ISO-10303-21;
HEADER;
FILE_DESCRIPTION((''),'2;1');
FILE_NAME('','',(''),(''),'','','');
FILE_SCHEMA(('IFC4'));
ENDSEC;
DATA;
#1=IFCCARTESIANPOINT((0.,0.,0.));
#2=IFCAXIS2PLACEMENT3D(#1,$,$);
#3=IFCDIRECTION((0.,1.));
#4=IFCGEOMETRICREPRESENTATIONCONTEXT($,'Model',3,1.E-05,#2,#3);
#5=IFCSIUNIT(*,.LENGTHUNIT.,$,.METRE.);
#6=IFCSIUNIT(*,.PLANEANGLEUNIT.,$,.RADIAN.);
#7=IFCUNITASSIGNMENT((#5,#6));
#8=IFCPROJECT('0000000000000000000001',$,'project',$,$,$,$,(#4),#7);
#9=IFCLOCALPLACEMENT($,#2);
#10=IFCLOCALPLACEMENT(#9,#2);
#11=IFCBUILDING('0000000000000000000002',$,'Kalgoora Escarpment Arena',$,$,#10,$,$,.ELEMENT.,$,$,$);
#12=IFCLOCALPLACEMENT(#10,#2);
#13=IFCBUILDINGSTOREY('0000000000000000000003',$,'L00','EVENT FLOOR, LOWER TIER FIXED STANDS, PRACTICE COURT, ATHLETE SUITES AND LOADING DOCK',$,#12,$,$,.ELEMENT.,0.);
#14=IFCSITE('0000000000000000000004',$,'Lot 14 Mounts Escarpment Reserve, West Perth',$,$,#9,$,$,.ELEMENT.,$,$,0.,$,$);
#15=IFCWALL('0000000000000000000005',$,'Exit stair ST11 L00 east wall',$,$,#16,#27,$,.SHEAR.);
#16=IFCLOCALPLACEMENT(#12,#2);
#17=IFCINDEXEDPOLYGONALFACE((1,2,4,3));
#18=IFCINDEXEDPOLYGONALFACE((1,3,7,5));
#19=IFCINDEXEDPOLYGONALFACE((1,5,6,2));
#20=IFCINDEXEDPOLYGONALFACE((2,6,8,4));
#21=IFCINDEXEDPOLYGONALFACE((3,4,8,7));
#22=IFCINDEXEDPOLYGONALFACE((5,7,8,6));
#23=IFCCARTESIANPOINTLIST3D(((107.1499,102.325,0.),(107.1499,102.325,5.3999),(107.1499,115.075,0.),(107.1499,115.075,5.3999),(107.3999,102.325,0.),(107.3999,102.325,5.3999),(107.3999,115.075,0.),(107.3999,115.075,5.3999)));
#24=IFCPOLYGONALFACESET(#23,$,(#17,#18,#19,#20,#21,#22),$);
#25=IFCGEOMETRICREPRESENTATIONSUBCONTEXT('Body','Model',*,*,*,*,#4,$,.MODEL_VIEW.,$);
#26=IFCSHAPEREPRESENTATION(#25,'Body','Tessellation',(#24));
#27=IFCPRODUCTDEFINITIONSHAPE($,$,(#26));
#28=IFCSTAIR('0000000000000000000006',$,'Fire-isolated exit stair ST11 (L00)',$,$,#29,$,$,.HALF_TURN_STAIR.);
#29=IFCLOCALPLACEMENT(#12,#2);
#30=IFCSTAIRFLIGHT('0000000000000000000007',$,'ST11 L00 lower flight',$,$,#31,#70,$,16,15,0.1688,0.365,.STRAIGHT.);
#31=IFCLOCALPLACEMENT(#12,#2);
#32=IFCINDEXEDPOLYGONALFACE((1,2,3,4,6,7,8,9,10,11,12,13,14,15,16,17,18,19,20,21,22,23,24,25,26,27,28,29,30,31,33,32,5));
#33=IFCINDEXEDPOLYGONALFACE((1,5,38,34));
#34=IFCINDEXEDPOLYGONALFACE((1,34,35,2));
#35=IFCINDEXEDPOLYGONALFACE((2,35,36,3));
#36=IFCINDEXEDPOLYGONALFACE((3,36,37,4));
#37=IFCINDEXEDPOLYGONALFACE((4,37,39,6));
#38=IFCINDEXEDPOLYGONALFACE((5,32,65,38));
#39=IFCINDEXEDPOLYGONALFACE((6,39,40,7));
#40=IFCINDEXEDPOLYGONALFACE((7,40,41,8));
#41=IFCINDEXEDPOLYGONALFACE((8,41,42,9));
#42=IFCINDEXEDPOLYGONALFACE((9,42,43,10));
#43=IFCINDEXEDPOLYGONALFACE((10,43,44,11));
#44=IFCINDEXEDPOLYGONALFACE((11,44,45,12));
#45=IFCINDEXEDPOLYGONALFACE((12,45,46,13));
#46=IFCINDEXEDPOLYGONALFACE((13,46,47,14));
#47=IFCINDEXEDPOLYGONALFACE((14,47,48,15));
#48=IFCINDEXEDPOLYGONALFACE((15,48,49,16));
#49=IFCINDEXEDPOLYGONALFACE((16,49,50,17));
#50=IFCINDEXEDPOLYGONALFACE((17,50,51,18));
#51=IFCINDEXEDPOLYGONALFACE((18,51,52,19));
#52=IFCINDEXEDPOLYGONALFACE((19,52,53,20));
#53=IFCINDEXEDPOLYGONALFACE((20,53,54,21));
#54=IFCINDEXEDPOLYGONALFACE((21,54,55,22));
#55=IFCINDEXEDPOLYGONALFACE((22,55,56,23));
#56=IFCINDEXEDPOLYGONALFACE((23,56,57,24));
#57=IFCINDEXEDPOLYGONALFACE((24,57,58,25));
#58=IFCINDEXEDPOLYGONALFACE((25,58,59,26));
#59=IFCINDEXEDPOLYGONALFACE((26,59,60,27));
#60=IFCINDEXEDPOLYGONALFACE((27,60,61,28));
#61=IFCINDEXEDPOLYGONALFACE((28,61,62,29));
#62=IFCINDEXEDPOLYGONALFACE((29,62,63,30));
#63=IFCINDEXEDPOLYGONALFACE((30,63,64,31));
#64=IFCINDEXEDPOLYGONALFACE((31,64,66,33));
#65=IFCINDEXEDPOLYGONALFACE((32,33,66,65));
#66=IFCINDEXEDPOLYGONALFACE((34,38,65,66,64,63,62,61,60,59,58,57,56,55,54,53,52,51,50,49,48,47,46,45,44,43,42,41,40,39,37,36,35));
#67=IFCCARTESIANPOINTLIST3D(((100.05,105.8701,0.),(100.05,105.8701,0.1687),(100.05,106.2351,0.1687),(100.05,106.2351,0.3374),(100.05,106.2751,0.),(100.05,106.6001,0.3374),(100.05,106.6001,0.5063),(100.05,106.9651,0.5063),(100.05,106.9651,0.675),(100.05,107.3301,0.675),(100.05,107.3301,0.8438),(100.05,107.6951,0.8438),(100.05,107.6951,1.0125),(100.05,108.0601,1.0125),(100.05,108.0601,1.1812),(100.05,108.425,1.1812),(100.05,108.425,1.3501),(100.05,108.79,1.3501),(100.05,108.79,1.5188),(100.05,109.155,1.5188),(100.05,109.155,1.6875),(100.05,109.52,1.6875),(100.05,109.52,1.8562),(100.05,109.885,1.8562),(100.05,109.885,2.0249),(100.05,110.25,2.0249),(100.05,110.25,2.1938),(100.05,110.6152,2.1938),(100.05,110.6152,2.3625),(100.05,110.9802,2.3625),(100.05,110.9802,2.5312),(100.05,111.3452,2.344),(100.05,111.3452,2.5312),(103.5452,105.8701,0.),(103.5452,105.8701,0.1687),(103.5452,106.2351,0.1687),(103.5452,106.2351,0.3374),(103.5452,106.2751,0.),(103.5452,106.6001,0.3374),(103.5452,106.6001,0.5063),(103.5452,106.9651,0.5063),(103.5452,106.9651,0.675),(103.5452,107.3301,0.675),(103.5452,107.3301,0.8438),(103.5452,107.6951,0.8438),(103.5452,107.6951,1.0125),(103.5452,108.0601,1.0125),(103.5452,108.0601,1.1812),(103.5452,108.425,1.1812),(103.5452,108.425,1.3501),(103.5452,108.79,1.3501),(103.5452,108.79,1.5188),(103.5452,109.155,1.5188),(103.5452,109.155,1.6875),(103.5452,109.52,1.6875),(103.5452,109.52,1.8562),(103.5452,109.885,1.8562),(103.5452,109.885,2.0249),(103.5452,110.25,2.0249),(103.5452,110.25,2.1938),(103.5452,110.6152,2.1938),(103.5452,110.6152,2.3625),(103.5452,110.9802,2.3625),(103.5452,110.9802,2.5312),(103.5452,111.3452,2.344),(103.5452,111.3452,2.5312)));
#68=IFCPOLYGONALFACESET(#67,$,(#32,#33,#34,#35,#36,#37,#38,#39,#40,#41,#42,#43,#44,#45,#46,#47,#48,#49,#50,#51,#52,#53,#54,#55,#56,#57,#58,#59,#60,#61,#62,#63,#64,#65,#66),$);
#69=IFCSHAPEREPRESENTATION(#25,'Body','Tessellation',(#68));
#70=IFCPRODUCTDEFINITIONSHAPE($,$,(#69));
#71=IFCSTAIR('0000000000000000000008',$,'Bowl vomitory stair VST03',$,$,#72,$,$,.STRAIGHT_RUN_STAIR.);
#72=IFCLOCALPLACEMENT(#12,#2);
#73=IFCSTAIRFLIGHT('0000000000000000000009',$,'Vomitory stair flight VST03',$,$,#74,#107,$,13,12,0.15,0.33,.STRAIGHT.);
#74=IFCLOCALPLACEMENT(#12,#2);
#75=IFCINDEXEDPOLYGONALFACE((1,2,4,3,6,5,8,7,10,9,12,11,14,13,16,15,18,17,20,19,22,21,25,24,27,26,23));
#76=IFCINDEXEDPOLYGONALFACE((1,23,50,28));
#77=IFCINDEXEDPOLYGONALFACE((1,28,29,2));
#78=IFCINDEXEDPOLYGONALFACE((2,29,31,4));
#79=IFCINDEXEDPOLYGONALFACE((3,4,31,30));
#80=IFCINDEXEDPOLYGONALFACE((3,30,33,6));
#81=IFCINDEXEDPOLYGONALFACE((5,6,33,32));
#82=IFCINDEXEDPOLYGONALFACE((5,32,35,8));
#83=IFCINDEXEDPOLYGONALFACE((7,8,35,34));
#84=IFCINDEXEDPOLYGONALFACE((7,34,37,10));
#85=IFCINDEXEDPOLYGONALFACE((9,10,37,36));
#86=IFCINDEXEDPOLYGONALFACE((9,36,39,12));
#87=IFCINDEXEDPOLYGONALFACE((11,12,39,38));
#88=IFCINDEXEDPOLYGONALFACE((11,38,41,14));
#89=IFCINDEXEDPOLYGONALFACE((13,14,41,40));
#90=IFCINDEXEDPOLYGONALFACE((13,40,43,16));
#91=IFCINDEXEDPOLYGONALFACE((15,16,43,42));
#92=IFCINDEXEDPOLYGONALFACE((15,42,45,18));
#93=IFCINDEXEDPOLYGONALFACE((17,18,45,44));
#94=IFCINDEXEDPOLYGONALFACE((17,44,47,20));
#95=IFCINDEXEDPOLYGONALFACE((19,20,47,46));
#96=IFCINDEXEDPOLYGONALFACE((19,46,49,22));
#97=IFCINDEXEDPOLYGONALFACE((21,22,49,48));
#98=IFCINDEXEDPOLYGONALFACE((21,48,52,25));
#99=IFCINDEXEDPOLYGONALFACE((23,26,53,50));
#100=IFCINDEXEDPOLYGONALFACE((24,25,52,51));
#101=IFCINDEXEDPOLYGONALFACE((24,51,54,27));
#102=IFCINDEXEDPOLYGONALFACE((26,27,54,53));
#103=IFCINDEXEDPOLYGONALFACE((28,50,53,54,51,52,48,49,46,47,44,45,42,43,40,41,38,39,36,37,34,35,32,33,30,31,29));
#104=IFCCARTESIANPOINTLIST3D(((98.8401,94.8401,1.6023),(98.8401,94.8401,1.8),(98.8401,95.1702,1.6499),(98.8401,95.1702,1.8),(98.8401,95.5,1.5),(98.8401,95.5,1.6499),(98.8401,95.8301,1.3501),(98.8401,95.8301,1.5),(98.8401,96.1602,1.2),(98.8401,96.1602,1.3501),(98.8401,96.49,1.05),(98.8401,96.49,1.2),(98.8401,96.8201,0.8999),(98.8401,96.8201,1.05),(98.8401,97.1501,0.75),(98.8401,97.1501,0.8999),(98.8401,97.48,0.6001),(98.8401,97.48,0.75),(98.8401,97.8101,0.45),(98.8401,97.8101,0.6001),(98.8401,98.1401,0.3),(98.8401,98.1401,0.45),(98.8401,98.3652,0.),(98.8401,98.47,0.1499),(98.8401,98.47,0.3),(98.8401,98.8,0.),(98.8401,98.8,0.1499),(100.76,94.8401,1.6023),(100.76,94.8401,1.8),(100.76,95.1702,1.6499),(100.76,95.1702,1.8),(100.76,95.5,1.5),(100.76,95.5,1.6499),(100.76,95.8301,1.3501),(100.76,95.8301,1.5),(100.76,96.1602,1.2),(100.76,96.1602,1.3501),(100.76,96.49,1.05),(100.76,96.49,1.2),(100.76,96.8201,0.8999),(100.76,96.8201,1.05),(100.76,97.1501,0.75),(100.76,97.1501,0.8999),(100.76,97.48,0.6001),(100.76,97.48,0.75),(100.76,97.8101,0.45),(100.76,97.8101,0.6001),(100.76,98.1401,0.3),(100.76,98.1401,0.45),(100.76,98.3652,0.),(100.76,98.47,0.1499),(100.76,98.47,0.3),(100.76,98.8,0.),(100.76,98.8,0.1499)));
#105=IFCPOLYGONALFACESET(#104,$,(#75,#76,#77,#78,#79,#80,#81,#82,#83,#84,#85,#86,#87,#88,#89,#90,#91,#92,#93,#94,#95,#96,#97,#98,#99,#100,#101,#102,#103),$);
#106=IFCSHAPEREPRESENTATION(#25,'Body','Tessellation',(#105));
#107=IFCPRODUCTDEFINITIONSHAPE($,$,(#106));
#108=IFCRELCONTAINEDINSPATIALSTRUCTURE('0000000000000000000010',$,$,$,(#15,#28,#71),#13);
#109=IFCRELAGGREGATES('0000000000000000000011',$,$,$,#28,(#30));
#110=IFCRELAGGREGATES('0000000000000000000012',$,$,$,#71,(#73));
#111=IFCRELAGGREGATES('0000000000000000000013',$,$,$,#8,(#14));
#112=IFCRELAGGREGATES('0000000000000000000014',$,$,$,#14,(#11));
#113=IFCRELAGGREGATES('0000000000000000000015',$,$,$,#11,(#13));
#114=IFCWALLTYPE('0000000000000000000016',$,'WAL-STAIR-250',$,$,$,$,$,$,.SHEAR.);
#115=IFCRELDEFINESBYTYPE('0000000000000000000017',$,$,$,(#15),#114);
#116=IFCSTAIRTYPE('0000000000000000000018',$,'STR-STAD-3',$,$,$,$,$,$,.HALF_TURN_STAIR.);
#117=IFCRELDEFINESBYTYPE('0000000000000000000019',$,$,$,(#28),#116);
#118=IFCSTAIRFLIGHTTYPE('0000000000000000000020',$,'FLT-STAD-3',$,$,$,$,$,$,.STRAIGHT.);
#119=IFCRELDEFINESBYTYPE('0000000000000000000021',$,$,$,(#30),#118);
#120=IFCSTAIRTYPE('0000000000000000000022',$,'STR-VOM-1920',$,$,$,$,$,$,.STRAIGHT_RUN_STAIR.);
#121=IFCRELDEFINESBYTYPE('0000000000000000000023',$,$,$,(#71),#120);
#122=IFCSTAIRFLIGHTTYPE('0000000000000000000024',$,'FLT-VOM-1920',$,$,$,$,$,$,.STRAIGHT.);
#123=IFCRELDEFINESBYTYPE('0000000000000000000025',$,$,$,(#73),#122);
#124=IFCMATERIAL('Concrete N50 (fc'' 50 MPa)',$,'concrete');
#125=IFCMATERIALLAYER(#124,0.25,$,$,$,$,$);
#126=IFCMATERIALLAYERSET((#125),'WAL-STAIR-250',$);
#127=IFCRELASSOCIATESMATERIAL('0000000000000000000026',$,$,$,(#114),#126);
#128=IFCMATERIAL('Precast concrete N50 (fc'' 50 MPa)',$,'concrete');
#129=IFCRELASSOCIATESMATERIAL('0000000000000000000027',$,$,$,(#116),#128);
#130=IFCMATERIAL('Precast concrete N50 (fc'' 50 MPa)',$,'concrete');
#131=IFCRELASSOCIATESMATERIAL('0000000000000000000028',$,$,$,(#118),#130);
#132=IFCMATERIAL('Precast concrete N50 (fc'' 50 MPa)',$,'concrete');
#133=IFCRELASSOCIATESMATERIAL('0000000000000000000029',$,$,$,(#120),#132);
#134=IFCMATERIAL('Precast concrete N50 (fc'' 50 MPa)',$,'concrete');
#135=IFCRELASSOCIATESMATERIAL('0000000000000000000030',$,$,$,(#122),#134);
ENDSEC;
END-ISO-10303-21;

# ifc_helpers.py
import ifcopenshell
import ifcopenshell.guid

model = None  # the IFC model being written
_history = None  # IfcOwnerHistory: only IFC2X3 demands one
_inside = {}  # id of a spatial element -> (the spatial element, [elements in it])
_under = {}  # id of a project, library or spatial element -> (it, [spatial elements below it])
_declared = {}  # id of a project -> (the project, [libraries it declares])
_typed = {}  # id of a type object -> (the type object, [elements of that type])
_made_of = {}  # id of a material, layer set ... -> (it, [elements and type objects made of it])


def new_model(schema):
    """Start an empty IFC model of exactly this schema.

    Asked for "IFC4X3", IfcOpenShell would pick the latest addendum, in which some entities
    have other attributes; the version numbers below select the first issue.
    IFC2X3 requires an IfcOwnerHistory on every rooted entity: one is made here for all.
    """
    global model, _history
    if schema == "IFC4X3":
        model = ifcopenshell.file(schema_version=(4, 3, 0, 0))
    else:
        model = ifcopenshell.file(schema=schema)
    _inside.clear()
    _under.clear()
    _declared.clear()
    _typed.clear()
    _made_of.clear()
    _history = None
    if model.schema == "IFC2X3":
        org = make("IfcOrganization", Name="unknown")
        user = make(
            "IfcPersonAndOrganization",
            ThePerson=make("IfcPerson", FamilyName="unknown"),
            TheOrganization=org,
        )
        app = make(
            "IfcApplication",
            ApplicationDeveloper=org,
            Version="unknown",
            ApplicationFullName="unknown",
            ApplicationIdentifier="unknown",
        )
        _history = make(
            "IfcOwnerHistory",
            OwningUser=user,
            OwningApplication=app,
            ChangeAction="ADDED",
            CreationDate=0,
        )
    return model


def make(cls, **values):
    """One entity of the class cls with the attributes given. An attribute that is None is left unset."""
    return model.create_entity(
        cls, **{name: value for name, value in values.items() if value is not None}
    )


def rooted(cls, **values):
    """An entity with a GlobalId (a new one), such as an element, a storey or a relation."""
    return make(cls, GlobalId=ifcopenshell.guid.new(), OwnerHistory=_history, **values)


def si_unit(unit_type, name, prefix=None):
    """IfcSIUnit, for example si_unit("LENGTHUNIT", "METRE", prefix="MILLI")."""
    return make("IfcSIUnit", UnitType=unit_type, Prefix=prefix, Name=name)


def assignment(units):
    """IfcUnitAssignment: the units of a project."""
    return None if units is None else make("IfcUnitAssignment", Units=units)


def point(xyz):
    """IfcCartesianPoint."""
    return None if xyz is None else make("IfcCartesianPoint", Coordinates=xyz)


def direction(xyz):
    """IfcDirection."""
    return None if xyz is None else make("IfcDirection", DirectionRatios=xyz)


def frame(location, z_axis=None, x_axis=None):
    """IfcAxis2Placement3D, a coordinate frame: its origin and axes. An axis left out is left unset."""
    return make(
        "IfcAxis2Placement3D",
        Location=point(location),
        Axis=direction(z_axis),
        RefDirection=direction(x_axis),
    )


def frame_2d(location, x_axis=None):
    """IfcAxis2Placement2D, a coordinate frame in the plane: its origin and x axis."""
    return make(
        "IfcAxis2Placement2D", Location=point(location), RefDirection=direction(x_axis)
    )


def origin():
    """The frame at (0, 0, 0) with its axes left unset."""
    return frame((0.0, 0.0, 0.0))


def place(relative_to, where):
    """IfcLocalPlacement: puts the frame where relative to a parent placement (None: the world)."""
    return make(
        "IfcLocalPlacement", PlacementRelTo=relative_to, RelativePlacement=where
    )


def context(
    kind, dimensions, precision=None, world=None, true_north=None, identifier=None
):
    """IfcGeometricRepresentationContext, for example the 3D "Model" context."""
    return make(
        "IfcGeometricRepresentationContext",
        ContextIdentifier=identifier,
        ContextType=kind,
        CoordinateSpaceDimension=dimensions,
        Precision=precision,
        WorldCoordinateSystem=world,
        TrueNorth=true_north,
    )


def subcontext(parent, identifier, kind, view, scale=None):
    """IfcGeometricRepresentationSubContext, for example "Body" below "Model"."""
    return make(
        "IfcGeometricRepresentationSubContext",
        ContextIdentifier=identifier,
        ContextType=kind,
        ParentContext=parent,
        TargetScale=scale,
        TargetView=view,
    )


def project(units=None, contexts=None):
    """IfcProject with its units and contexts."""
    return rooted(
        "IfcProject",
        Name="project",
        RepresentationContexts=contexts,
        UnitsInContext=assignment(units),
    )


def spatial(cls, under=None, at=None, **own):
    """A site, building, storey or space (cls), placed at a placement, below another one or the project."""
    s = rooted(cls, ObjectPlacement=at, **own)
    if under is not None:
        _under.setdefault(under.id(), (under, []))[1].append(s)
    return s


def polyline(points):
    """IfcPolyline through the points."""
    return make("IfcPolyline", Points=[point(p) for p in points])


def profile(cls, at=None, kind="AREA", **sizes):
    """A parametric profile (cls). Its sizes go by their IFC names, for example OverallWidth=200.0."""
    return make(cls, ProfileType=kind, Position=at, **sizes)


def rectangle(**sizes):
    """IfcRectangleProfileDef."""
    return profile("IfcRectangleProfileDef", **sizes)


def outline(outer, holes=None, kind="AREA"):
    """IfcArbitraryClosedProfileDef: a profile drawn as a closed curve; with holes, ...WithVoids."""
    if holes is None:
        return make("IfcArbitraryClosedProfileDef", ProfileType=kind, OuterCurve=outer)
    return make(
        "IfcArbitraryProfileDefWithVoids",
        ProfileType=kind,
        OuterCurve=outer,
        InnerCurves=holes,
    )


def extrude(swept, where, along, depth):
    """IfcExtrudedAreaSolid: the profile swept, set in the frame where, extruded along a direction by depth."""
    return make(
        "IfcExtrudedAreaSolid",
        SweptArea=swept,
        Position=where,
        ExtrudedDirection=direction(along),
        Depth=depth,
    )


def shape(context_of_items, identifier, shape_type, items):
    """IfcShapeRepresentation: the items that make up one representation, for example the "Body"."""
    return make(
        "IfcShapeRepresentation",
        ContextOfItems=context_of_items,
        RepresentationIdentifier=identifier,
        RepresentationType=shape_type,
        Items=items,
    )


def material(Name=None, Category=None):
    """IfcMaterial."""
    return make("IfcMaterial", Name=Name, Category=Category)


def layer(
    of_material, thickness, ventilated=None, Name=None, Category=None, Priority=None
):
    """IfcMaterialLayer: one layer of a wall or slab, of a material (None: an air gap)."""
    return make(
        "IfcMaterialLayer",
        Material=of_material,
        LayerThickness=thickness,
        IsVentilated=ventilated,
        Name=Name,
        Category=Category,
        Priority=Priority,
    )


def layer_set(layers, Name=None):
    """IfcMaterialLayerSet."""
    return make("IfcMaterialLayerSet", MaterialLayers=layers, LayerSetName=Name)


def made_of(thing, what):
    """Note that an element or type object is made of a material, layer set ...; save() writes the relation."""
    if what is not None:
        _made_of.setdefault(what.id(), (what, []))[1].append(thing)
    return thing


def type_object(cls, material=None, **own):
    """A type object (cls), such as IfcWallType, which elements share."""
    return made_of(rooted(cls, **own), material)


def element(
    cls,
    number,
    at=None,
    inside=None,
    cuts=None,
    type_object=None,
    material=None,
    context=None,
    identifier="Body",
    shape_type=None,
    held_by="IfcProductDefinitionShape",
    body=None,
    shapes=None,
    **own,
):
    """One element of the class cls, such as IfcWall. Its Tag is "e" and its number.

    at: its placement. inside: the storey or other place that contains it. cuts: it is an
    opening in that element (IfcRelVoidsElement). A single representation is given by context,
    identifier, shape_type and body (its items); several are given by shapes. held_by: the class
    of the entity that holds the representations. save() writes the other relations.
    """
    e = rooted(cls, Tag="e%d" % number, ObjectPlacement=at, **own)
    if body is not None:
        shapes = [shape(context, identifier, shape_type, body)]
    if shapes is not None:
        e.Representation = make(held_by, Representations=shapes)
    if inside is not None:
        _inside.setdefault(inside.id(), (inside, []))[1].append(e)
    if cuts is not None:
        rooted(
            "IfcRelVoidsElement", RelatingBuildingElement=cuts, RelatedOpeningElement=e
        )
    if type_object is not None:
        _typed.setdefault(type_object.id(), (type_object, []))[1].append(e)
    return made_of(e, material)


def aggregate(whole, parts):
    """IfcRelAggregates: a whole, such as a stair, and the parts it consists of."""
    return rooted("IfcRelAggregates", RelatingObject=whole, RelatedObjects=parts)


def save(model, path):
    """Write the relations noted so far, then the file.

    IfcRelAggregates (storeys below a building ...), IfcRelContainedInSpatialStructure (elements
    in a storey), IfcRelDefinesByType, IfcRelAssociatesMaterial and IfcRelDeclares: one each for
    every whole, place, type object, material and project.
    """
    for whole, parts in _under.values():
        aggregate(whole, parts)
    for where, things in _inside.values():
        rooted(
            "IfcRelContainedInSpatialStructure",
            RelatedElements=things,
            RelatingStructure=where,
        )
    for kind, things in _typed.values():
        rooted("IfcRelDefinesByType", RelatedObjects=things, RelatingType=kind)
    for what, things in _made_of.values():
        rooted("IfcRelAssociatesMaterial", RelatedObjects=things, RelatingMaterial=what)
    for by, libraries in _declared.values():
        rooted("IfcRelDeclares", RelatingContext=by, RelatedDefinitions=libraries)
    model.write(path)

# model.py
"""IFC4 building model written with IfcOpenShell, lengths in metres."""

from ifc_helpers import new_model, si_unit, direction, frame, frame_2d, origin, place, context, subcontext, project, spatial, polyline, rectangle, outline, extrude, material, layer, layer_set, type_object, element, aggregate, save


model = new_model("IFC4")

# Units and contexts
model_context = context("Model", 3, precision=1e-05, world=origin(), true_north=direction((0.0, 1.0)))
body_context = subcontext(model_context, "Body", "Model", "MODEL_VIEW")
ifc_project = project(units=[si_unit("LENGTHUNIT", "METRE"), si_unit("PLANEANGLEUNIT", "RADIAN")], contexts=[model_context])

# Site, building, storey
site_placement = place(None, origin())
site = spatial("IfcSite", under=ifc_project, at=site_placement, Name="Lot 14 Mounts Escarpment Reserve, West Perth", CompositionType="ELEMENT", RefElevation=0.0)
building_placement = place(site_placement, origin())
building = spatial("IfcBuilding", under=site, at=building_placement, Name="Kalgoora Escarpment Arena", CompositionType="ELEMENT")
storey_placement = place(building_placement, origin())
storey = spatial("IfcBuildingStorey", under=building, at=storey_placement, Name="L00", Description="EVENT FLOOR, LOWER TIER FIXED STANDS, PRACTICE COURT, ATHLETE SUITES AND LOADING DOCK", CompositionType="ELEMENT", Elevation=0.0)

# Shared definitions
ifc_material_1 = material(Name="Concrete N50 (fc' 50 MPa)", Category="concrete")
ifc_layer_1 = layer(ifc_material_1, 0.25)
ifc_layer_set_1 = layer_set([ifc_layer_1], Name="WAL-STAIR-250")
wall_type_1 = type_object("IfcWallType", Name="WAL-STAIR-250", PredefinedType="SHEAR", material=ifc_layer_set_1)

# Wall
for number, where, z_axis, x_axis, name in (
    (1, (107.2749, 102.325, 0.0), (0.0, 0.0, 1.0), (0.0, 1.0, 0.0), "Exit stair ST11 L00 east wall"),
):
    element("IfcWall", number, at=place(storey_placement, frame(where, z_axis=z_axis, x_axis=x_axis)), inside=storey, type_object=wall_type_1, Name=name, PredefinedType="SHEAR", context=body_context, shape_type="SweptSolid", body=[
        extrude(rectangle(XDim=12.75, YDim=0.25, at=frame_2d((6.375, 0.0))), origin(), (0.0, 0.0, 1.0), 5.3999),
    ])

# Stairs, stair flights
ifc_material_2 = material(Name="Precast concrete N50 (fc' 50 MPa)", Category="concrete")
stair_type_1 = type_object("IfcStairType", Name="STR-STAD-3", PredefinedType="HALF_TURN_STAIR", material=ifc_material_2)
stair_1_placement = place(storey_placement, origin())
stair_1 = element("IfcStair", 2, at=stair_1_placement, inside=storey, type_object=stair_type_1, Name="Fire-isolated exit stair ST11 (L00)", PredefinedType="HALF_TURN_STAIR")
ifc_material_3 = material(Name="Precast concrete N50 (fc' 50 MPa)", Category="concrete")
stair_flight_type_1 = type_object("IfcStairFlightType", Name="FLT-STAD-3", PredefinedType="STRAIGHT", material=ifc_material_3)
stair_flight_1_placement = place(storey_placement, frame((101.7976, 105.8701, 0.0), z_axis=(0.0, 0.0, 1.0), x_axis=(0.0, 1.0, 0.0)))
stair_flight_1 = element("IfcStairFlight", 3, at=stair_flight_1_placement, type_object=stair_flight_type_1, Name="ST11 L00 lower flight", NumberOfRisers=16, NumberOfTreads=15, PredefinedType="STRAIGHT", RiserHeight=0.1688, TreadLength=0.365, context=body_context, shape_type="SweptSolid", body=[
    extrude(outline(polyline([(0.0, 0.0), (0.0, 0.1687), (0.365, 0.1687), (0.365, 0.3374), (0.73, 0.3374), (0.73, 0.5063), (1.095, 0.5063), (1.095, 0.675), (1.46, 0.675), (1.46, 0.8438), (1.825, 0.8438), (1.825, 1.0125), (2.1899, 1.0125), (2.1899, 1.1812), (2.5549, 1.1812), (2.5549, 1.3501), (2.9199, 1.3501), (2.9199, 1.5188), (3.2849, 1.5188), (3.2849, 1.6875), (3.6499, 1.6875), (3.6499, 1.8562), (4.0149, 1.8562), (4.0149, 2.0249), (4.3799, 2.0249), (4.3799, 2.1938), (4.7451, 2.1938), (4.7451, 2.3625), (5.1101, 2.3625), (5.1101, 2.5312), (5.4751, 2.5312), (5.4751, 2.7), (5.4751, 2.344), (0.405, 0.0), (0.0, 0.0)])), frame((0.0, 1.7476, 0.0), z_axis=(0.0, -1.0, 0.0), x_axis=(1.0, 0.0, 0.0)), (0.0, 0.0, 1.0), 3.4951),
])
aggregate(stair_1, [stair_flight_1])
ifc_material_4 = material(Name="Precast concrete N50 (fc' 50 MPa)", Category="concrete")
stair_type_2 = type_object("IfcStairType", Name="STR-VOM-1920", PredefinedType="STRAIGHT_RUN_STAIR", material=ifc_material_4)
stair_2_placement = place(storey_placement, origin())
stair_2 = element("IfcStair", 4, at=stair_2_placement, inside=storey, type_object=stair_type_2, Name="Bowl vomitory stair VST03", PredefinedType="STRAIGHT_RUN_STAIR")
ifc_material_5 = material(Name="Precast concrete N50 (fc' 50 MPa)", Category="concrete")
stair_flight_type_2 = type_object("IfcStairFlightType", Name="FLT-VOM-1920", PredefinedType="STRAIGHT", material=ifc_material_5)
stair_flight_2_placement = place(storey_placement, frame((99.8, 98.8, 0.0), z_axis=(0.0, 0.0, 1.0), x_axis=(0.0, -1.0, 0.0)))
stair_flight_2 = element("IfcStairFlight", 5, at=stair_flight_2_placement, type_object=stair_flight_type_2, Name="Vomitory stair flight VST03", NumberOfRisers=13, NumberOfTreads=12, PredefinedType="STRAIGHT", RiserHeight=0.15, TreadLength=0.33, context=body_context, shape_type="SweptSolid", body=[
    extrude(outline(polyline([(0.0, 0.0), (0.0, 0.1499), (0.3301, 0.1499), (0.3301, 0.3), (0.6599, 0.3), (0.6599, 0.45), (0.99, 0.45), (0.99, 0.6001), (1.3201, 0.6001), (1.3201, 0.75), (1.6499, 0.75), (1.6499, 0.8999), (1.98, 0.8999), (1.98, 1.05), (2.3101, 1.05), (2.3101, 1.2), (2.6399, 1.2), (2.6399, 1.3501), (2.97, 1.3501), (2.97, 1.5), (3.3, 1.5), (3.3, 1.6499), (3.6299, 1.6499), (3.6299, 1.8), (3.96, 1.8), (3.96, 1.95), (3.96, 1.6023), (0.4348, 0.0), (0.0, 0.0)])), frame((0.0, 0.96, 0.0), z_axis=(0.0, -1.0, 0.0), x_axis=(1.0, 0.0, 0.0)), (0.0, 0.0, 1.0), 1.9199),
])
aggregate(stair_2, [stair_flight_2])

save(model, "model.ifc")
